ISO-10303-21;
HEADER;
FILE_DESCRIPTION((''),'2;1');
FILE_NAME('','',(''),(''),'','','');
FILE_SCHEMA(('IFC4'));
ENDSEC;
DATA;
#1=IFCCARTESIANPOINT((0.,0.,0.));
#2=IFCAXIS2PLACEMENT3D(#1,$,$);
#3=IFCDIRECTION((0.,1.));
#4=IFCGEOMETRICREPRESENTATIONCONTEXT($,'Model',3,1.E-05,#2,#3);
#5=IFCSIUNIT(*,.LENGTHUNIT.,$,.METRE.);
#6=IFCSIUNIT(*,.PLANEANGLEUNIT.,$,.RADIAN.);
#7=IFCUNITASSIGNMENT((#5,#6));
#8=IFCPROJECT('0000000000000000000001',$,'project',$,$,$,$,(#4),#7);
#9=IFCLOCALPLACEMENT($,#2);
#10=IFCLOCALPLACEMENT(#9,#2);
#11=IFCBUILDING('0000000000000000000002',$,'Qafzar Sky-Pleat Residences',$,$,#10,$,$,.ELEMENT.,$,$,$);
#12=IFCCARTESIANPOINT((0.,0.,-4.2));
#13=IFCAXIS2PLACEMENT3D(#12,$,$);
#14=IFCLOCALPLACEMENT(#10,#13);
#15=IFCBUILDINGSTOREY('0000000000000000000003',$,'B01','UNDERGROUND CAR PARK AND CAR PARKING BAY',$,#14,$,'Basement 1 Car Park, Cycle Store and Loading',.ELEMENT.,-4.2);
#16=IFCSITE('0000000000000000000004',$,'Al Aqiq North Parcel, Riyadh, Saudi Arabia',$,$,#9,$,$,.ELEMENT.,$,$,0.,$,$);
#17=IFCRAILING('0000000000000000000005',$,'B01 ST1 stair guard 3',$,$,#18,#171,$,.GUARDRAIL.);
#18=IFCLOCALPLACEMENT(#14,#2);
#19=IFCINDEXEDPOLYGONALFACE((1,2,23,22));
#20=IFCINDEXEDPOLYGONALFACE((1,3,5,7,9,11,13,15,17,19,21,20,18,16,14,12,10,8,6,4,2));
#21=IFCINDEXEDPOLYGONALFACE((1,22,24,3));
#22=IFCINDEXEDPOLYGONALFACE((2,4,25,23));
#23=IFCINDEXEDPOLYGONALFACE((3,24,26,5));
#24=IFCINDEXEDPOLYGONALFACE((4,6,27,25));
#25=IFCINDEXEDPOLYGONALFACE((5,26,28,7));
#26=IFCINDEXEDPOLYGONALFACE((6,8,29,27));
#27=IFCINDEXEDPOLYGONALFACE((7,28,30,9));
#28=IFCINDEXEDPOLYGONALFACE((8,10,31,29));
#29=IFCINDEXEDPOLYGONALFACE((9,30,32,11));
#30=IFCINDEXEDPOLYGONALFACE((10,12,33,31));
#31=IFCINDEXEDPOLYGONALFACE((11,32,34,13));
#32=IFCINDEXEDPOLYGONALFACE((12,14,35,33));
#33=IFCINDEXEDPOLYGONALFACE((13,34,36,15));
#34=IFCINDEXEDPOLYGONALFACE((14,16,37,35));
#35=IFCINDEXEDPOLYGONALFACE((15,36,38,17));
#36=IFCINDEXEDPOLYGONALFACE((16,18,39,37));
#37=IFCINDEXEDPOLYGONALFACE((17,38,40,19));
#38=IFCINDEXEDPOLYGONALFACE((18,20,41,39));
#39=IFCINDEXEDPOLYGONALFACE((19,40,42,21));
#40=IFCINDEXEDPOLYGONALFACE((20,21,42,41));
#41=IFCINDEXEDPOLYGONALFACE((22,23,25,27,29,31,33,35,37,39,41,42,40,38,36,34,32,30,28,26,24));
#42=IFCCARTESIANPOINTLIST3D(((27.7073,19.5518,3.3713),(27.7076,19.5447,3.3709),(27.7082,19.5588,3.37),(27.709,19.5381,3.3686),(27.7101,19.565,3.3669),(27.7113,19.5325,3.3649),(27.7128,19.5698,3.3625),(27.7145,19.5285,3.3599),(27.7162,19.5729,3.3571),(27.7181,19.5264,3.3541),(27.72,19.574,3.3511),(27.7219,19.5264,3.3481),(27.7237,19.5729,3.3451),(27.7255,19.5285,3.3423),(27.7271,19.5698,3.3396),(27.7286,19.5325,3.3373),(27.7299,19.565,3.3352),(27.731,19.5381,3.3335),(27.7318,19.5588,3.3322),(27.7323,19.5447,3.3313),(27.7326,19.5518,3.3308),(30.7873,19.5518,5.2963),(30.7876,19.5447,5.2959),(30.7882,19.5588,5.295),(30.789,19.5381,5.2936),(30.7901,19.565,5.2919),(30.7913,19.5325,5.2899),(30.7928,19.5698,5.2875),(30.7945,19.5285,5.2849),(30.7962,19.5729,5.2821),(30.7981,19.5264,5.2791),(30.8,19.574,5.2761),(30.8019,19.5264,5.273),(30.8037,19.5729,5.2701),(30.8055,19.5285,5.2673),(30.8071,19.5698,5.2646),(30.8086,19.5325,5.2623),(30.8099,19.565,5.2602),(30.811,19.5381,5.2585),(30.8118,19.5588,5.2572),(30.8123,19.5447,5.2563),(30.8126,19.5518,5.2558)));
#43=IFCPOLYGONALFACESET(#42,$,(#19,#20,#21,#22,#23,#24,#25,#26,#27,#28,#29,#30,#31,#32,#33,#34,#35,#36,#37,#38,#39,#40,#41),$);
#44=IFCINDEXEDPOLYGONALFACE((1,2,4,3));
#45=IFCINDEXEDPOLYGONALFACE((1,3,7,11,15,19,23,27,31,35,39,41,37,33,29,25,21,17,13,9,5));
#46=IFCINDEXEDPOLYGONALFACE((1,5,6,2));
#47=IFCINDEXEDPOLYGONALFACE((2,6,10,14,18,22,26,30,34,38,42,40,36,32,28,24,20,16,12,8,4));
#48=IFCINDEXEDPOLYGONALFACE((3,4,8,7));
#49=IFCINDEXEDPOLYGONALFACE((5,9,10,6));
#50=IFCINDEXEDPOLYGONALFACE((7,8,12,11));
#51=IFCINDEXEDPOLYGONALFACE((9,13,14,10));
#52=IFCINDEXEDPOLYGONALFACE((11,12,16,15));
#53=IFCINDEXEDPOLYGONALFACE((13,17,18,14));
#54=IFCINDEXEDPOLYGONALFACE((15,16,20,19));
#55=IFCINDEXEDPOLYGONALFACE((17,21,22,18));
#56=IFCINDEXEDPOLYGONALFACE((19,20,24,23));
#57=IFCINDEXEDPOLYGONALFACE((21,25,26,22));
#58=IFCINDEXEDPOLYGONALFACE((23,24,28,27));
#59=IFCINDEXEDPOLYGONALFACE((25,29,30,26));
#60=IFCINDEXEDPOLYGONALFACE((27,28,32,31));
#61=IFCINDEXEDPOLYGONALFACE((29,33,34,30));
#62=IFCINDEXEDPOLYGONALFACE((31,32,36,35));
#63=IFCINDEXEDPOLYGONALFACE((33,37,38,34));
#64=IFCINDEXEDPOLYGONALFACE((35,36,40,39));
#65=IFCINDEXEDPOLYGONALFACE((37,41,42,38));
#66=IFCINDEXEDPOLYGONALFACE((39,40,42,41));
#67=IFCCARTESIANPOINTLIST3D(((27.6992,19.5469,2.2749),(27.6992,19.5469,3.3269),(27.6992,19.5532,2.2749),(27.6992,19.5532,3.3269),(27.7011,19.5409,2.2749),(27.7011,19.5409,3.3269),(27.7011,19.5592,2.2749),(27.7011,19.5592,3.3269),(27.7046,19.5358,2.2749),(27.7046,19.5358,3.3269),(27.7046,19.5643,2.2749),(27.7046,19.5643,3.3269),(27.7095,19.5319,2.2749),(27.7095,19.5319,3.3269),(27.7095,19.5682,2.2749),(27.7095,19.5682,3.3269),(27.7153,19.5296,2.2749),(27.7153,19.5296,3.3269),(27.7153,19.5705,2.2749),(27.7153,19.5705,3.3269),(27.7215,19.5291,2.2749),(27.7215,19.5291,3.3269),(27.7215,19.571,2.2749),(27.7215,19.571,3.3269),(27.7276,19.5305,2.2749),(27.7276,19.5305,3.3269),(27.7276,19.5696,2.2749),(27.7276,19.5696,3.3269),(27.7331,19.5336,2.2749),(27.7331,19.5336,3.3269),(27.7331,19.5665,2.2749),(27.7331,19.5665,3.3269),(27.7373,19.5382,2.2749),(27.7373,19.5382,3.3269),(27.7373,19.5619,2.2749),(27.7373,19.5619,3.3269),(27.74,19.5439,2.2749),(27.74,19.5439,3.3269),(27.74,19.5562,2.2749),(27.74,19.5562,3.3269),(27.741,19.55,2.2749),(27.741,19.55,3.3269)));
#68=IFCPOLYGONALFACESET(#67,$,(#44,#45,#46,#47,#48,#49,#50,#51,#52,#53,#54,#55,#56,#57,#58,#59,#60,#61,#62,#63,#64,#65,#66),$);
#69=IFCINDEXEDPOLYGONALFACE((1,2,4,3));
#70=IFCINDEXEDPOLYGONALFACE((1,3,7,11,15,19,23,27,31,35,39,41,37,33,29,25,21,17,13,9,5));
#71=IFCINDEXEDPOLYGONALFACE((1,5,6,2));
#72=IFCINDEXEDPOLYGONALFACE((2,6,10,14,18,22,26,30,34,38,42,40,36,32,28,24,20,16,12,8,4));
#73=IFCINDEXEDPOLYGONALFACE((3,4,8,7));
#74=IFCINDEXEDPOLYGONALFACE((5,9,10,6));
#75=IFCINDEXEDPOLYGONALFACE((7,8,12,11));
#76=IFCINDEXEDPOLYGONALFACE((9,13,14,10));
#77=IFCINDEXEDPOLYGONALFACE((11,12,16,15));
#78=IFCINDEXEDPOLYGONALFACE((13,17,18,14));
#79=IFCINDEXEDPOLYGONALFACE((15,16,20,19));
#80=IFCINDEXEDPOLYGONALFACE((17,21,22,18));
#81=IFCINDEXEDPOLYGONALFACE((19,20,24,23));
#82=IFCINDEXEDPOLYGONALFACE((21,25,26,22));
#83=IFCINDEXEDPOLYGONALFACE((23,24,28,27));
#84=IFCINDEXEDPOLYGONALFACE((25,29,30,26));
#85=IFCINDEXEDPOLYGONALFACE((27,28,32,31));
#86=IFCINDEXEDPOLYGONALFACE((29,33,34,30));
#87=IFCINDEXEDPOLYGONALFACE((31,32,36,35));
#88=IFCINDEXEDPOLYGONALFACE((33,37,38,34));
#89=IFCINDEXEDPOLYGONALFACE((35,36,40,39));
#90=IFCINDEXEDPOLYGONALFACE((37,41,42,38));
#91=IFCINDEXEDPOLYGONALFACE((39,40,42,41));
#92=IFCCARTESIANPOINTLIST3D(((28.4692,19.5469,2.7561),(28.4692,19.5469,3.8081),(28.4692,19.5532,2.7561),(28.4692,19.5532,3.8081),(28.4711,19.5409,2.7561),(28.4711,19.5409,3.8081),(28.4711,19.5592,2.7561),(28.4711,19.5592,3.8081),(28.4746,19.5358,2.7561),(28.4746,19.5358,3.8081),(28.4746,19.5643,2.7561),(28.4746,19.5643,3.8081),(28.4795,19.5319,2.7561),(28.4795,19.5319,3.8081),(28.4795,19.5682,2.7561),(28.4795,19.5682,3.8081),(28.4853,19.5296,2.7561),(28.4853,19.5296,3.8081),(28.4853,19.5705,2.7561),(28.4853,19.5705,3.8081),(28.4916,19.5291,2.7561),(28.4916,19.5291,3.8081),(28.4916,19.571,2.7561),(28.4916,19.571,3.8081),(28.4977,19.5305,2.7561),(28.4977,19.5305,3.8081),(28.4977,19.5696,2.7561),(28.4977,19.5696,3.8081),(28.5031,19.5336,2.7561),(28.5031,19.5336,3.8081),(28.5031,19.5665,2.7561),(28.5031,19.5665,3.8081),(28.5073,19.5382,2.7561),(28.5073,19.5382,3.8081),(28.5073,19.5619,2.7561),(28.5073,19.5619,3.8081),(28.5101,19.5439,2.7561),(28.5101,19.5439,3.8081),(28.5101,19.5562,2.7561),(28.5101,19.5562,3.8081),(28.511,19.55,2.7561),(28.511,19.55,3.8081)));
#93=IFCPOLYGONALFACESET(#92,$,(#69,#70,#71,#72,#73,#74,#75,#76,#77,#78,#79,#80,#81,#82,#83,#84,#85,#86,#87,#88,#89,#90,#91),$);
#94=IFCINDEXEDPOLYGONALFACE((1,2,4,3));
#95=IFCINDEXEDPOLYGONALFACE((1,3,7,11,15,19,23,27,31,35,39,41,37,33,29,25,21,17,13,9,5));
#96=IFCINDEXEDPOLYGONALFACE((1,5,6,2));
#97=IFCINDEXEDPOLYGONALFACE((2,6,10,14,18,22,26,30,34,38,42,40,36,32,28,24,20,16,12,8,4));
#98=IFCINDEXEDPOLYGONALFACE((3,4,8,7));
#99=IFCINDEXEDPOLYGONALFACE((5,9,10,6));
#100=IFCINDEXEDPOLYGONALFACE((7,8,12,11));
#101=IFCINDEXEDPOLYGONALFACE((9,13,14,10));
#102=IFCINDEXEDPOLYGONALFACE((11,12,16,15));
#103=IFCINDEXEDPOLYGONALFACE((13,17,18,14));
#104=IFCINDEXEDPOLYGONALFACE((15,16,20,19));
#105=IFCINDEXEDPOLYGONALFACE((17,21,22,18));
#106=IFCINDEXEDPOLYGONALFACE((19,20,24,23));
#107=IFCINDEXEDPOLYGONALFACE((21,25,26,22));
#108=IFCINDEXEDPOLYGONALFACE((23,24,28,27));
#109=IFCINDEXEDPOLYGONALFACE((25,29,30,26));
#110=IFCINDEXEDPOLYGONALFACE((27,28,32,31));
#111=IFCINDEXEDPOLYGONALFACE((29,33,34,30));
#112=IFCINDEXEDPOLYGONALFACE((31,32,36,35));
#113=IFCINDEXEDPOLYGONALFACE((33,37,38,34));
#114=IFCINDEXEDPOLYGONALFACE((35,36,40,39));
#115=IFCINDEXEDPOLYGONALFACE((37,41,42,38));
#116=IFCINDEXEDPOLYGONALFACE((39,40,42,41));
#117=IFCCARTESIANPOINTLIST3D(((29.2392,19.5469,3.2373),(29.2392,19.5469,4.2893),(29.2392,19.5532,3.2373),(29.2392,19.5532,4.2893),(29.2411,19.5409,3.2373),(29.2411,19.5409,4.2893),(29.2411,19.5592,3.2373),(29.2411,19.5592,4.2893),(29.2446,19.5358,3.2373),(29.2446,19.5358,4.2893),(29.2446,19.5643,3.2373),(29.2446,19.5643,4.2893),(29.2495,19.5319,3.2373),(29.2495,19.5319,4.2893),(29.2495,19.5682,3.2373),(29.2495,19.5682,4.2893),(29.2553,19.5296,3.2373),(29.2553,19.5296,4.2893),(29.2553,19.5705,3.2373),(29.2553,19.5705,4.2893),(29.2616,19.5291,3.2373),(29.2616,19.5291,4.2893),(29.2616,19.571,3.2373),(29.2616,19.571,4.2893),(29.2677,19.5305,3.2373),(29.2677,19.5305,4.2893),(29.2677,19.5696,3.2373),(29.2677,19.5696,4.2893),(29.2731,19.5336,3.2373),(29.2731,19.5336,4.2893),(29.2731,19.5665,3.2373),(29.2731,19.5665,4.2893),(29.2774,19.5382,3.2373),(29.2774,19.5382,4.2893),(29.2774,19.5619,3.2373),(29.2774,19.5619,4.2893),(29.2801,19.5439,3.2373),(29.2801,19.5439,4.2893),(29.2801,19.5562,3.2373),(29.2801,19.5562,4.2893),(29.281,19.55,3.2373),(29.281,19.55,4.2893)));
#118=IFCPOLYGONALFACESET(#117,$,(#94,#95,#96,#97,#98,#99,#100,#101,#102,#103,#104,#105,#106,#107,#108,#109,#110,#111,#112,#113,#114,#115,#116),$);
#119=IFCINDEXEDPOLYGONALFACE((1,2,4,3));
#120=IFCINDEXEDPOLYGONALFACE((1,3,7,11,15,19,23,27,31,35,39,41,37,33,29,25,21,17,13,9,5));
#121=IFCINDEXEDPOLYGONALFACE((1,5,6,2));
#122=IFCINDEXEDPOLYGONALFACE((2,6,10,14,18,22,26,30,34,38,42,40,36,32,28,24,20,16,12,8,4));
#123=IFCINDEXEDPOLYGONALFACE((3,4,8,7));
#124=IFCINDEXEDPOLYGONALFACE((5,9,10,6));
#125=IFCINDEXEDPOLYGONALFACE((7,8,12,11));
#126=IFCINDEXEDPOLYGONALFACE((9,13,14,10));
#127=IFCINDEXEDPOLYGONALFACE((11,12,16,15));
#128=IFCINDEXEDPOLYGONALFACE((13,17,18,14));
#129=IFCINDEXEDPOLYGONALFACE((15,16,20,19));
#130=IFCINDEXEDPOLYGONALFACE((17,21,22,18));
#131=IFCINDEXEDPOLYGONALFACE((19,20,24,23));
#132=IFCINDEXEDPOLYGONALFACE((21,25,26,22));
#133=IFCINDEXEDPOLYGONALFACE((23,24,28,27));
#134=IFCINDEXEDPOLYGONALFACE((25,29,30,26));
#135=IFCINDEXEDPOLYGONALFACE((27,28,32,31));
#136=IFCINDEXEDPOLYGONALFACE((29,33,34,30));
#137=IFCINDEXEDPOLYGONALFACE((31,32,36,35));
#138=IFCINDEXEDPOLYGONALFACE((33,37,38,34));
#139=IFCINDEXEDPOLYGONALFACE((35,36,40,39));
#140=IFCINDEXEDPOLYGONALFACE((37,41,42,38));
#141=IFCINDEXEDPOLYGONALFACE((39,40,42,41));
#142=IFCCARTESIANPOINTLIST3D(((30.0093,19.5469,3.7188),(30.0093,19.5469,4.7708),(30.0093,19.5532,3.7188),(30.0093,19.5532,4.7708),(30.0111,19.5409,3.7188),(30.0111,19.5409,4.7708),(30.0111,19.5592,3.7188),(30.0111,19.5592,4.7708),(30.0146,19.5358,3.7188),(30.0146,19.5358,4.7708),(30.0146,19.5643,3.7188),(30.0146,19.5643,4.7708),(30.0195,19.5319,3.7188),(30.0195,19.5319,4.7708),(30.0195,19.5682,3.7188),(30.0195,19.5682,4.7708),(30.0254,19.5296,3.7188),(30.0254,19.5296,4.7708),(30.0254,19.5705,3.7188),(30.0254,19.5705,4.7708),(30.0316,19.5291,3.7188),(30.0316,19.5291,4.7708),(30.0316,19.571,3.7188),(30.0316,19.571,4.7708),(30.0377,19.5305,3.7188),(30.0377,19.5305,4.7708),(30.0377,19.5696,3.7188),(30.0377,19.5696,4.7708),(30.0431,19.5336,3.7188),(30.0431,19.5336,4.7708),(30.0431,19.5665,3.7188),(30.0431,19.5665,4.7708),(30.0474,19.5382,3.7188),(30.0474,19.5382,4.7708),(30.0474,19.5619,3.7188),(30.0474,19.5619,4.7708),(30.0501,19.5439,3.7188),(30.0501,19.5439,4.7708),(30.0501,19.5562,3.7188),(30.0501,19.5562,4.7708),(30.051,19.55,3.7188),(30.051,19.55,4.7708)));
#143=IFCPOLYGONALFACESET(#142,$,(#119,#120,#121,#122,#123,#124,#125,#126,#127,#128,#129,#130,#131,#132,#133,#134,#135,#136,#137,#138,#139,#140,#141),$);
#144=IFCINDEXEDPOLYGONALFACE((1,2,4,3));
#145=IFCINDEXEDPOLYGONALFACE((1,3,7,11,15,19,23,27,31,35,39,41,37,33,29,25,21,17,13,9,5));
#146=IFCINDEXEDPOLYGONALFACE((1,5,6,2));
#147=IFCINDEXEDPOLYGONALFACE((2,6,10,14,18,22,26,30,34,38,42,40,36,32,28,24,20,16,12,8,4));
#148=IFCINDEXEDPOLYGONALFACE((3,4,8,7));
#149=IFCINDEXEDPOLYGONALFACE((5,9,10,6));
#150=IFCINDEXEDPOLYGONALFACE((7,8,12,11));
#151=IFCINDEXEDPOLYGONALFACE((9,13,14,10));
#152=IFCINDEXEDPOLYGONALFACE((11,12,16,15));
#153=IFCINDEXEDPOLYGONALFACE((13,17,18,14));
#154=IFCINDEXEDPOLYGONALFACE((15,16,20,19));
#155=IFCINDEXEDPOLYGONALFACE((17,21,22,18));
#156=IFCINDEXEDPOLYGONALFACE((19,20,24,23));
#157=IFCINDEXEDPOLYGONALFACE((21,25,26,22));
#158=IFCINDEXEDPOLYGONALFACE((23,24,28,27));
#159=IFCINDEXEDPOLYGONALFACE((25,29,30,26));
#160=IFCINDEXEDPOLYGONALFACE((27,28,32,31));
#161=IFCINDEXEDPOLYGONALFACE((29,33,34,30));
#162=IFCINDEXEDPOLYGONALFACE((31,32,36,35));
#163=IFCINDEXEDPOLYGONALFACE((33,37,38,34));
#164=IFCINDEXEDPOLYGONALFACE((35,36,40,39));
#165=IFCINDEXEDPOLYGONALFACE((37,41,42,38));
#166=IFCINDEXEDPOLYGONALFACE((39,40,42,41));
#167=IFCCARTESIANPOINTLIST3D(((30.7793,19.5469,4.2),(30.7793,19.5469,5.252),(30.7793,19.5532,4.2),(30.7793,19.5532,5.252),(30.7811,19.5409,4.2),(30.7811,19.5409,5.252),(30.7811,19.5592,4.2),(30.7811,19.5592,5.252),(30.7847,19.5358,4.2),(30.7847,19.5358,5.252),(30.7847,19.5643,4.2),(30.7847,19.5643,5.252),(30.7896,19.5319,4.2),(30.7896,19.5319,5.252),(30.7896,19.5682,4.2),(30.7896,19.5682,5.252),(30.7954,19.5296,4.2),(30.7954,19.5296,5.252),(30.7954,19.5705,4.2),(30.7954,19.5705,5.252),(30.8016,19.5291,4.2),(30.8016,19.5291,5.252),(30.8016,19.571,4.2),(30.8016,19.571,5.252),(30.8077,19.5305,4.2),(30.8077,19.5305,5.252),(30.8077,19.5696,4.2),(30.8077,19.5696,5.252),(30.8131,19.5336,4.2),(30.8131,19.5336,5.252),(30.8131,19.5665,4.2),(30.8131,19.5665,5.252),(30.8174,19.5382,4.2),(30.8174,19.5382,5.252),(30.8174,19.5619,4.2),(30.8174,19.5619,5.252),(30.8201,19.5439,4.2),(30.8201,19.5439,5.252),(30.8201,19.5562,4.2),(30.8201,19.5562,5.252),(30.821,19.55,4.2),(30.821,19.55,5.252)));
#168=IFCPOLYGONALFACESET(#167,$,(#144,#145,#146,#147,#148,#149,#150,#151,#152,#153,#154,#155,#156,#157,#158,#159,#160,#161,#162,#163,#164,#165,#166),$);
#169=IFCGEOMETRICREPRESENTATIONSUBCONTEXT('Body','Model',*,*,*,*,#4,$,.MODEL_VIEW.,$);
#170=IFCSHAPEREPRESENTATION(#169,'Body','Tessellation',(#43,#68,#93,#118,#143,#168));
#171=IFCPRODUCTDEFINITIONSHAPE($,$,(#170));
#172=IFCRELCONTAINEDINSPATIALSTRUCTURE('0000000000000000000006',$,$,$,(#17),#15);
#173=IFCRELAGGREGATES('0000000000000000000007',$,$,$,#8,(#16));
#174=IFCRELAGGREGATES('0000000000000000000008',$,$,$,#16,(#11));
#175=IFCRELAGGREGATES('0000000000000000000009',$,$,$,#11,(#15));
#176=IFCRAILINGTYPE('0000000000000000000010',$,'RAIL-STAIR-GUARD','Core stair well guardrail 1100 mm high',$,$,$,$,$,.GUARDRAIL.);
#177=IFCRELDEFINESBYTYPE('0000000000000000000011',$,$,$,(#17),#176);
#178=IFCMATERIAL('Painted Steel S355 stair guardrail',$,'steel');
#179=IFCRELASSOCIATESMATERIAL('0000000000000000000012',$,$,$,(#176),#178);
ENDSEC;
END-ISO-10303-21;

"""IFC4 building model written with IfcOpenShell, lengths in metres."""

from ifc_helpers import new_model, si_unit, direction, frame, origin, origin_2d, place, context, subcontext, project, spatial, circle, extrude, source, transform, mapped, material, type_object, element, save


model = new_model("IFC4")

# Units and contexts
model_context = context("Model", 3, precision=1e-05, world=origin(), true_north=direction((0.0, 1.0)))
body_context = subcontext(model_context, "Body", "Model", "MODEL_VIEW")
ifc_project = project(units=[si_unit("LENGTHUNIT", "METRE"), si_unit("PLANEANGLEUNIT", "RADIAN")], contexts=[model_context])

# Site, building, storey
site_placement = place(None, origin())
site = spatial("IfcSite", under=ifc_project, at=site_placement, Name="Al Aqiq North Parcel, Riyadh, Saudi Arabia", CompositionType="ELEMENT", RefElevation=0.0)
building_placement = place(site_placement, origin())
building = spatial("IfcBuilding", under=site, at=building_placement, Name="Qafzar Sky-Pleat Residences", CompositionType="ELEMENT")
storey_placement = place(building_placement, frame((0.0, 0.0, -4.2)))
storey = spatial("IfcBuildingStorey", under=building, at=storey_placement, Name="B01", Description="UNDERGROUND CAR PARK AND CAR PARKING BAY", LongName="Basement 1 Car Park, Cycle Store and Loading", CompositionType="ELEMENT", Elevation=-4.2)

# Railing
ifc_material_1 = material(Name="Painted Steel S355 stair guardrail", Category="steel")
railing_type_1 = type_object("IfcRailingType", Name="RAIL-STAIR-GUARD", Description="Core stair well guardrail 1100 mm high", PredefinedType="GUARDRAIL", material=ifc_material_1)
shared_shape_1 = source(origin(), body_context, "Body", "SweptSolid", [
    extrude(circle(Radius=0.0239, at=origin_2d()), frame((0.0, 0.0, 1.0762), z_axis=(0.847998, 0.0, 0.529999), x_axis=(0.0, 1.0, 0.0)), (0.0, 0.0, 1.0), 3.6321),
    extrude(circle(Radius=0.021, at=origin_2d()), origin(), (0.0, 0.0, 1.0), 1.052),
    extrude(circle(Radius=0.021, at=origin_2d()), frame((0.77, 0.0, 0.4812)), (0.0, 0.0, 1.0), 1.052),
    extrude(circle(Radius=0.021, at=origin_2d()), frame((1.54, 0.0, 0.9624)), (0.0, 0.0, 1.0), 1.052),
    extrude(circle(Radius=0.021, at=origin_2d()), frame((2.3101, 0.0, 1.4438)), (0.0, 0.0, 1.0), 1.052),
    extrude(circle(Radius=0.021, at=origin_2d()), frame((3.0801, 0.0, 1.925)), (0.0, 0.0, 1.0), 1.052),
])
railing_1_placement = place(storey_placement, frame((27.72, 19.55, 2.2749)))
element("IfcRailing", 1, at=railing_1_placement, inside=storey, type_object=railing_type_1, Name="B01 ST1 stair guard 3", PredefinedType="GUARDRAIL", context=body_context, shape_type="MappedRepresentation", body=[
    mapped(shared_shape_1, transform((0.0, 0.0, 0.0), x_axis=(1.0, 0.0, 0.0), y_axis=(0.0, 1.0, 0.0), z_axis=(0.0, 0.0, 1.0), scale=1.0)),
])

save(model, "model.ifc")
